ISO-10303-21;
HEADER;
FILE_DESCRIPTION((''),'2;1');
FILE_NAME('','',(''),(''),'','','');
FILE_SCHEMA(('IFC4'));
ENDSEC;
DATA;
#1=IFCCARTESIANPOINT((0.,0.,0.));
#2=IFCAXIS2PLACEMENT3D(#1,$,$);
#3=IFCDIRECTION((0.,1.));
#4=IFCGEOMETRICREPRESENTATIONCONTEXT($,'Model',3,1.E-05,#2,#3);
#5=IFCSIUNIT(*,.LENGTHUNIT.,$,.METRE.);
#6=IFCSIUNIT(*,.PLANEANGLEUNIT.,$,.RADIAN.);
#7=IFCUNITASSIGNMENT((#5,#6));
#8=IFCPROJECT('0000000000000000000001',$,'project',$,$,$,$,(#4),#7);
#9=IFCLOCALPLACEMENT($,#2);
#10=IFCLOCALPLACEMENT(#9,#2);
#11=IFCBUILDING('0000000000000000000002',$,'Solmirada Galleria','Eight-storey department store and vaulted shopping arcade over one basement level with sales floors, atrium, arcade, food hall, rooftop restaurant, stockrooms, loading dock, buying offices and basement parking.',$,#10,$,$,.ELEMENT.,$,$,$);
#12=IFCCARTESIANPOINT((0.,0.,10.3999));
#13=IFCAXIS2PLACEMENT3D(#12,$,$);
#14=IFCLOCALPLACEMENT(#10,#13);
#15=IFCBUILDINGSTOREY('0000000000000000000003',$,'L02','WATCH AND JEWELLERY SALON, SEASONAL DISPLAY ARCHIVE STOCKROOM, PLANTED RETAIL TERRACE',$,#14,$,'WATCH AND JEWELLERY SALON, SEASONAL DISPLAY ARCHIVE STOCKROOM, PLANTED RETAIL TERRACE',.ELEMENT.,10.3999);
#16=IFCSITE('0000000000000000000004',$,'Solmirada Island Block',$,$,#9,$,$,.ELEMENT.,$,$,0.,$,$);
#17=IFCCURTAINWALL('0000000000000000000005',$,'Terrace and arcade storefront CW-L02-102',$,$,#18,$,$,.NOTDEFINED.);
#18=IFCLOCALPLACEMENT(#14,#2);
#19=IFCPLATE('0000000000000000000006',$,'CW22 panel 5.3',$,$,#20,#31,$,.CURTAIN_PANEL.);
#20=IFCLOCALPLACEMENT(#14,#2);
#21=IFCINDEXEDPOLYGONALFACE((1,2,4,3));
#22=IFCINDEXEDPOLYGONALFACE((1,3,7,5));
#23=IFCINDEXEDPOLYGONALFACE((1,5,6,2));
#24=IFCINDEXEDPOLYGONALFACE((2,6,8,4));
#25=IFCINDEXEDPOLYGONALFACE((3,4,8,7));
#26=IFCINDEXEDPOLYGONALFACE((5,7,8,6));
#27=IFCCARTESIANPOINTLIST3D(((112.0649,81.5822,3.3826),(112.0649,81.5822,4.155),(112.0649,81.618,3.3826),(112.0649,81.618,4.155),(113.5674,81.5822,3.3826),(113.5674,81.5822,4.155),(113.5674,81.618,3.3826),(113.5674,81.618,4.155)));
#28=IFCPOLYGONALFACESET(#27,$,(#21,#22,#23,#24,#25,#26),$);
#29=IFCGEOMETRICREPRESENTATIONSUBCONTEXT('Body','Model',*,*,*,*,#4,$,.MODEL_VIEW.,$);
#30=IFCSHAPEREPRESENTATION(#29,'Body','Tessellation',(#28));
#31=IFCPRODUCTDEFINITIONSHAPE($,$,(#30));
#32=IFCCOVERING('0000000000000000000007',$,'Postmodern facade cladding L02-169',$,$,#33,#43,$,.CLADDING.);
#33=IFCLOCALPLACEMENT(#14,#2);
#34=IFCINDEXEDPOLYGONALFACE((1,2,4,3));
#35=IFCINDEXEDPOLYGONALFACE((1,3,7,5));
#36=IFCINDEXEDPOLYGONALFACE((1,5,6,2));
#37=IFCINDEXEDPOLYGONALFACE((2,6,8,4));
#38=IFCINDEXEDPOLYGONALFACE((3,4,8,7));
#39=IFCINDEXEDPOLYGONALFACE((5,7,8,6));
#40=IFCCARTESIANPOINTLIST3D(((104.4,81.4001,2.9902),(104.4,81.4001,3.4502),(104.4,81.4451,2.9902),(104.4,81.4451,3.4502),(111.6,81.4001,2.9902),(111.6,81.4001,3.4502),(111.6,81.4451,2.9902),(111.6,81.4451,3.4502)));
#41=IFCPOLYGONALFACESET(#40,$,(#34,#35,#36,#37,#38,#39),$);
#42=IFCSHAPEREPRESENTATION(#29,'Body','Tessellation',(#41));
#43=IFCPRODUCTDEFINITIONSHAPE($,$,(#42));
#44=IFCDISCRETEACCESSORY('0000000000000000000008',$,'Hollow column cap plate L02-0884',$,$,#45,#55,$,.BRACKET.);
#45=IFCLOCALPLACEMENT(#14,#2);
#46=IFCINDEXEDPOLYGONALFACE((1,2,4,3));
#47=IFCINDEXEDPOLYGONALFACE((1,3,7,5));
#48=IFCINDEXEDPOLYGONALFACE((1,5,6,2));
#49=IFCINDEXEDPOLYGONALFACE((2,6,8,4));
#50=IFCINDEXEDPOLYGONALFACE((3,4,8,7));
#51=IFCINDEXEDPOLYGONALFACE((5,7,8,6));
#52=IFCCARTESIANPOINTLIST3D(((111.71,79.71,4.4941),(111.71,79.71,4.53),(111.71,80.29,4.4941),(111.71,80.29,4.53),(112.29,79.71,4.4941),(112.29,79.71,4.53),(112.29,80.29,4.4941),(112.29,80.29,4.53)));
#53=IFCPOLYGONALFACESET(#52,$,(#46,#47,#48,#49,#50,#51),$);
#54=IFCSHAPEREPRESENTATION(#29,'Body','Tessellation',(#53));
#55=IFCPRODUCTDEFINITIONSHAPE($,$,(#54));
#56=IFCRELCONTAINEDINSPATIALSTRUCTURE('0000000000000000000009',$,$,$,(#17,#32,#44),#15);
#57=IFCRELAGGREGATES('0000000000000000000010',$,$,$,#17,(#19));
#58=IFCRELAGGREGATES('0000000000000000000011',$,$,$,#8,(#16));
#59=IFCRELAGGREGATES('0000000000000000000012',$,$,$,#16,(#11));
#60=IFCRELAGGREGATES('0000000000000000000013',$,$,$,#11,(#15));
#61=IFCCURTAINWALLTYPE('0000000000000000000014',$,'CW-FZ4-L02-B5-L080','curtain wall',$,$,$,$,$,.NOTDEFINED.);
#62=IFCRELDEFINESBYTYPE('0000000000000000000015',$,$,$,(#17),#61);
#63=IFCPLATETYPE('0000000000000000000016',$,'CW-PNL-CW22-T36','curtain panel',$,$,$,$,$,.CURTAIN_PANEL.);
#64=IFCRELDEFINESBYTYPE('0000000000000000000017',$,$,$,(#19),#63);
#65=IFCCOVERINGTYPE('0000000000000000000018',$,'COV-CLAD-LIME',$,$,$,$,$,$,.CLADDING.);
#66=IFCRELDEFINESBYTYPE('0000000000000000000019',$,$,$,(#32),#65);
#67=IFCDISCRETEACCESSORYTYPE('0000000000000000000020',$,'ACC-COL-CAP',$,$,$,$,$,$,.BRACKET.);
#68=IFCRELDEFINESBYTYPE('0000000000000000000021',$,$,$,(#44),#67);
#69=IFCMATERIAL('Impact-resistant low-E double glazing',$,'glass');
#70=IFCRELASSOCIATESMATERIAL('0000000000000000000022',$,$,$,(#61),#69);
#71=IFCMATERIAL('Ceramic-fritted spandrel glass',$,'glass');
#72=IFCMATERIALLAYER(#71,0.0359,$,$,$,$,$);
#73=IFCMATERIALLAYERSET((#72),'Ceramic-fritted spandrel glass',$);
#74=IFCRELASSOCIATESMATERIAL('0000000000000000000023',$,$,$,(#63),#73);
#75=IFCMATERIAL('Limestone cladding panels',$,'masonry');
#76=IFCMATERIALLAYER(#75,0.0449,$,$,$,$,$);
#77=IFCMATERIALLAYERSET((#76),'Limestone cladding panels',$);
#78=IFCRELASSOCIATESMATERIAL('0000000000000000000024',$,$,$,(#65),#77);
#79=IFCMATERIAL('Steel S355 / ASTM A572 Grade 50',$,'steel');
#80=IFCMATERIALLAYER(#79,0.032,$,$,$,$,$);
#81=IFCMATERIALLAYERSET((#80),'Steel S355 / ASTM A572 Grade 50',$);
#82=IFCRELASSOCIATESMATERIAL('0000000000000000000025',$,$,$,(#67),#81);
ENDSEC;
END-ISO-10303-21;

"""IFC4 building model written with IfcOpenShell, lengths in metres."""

from ifc_helpers import new_model, si_unit, direction, frame, origin, origin_2d, place, context, subcontext, project, spatial, rectangle, extrude, material, layer, layer_set, type_object, element, aggregate, save


model = new_model("IFC4")

# Units and contexts
model_context = context("Model", 3, precision=1e-05, world=origin(), true_north=direction((0.0, 1.0)))
body_context = subcontext(model_context, "Body", "Model", "MODEL_VIEW")
ifc_project = project(units=[si_unit("LENGTHUNIT", "METRE"), si_unit("PLANEANGLEUNIT", "RADIAN")], contexts=[model_context])

# Site, building, storey
site_placement = place(None, origin())
site = spatial("IfcSite", under=ifc_project, at=site_placement, Name="Solmirada Island Block", CompositionType="ELEMENT", RefElevation=0.0)
building_placement = place(site_placement, origin())
building = spatial("IfcBuilding", under=site, at=building_placement, Name="Solmirada Galleria", Description="Eight-storey department store and vaulted shopping arcade over one basement level with sales floors, atrium, arcade, food hall, rooftop restaurant, stockrooms, loading dock, buying offices and basement parking.", CompositionType="ELEMENT")
storey_placement = place(building_placement, frame((0.0, 0.0, 10.3999)))
storey = spatial("IfcBuildingStorey", under=building, at=storey_placement, Name="L02", Description="WATCH AND JEWELLERY SALON, SEASONAL DISPLAY ARCHIVE STOCKROOM, PLANTED RETAIL TERRACE", LongName="WATCH AND JEWELLERY SALON, SEASONAL DISPLAY ARCHIVE STOCKROOM, PLANTED RETAIL TERRACE", CompositionType="ELEMENT", Elevation=10.3999)

# Curtain wall
ifc_material_1 = material(Name="Impact-resistant low-E double glazing", Category="glass")
curtain_wall_type_1 = type_object("IfcCurtainWallType", Name="CW-FZ4-L02-B5-L080", Description="curtain wall", PredefinedType="NOTDEFINED", material=ifc_material_1)
curtain_wall_1_placement = place(storey_placement, origin())
curtain_wall_1 = element("IfcCurtainWall", 1, at=curtain_wall_1_placement, inside=storey, type_object=curtain_wall_type_1, Name="Terrace and arcade storefront CW-L02-102", PredefinedType="NOTDEFINED")

# Plate
ifc_material_2 = material(Name="Ceramic-fritted spandrel glass", Category="glass")
ifc_layer_1 = layer(ifc_material_2, 0.0359)
ifc_layer_set_1 = layer_set([ifc_layer_1], Name="Ceramic-fritted spandrel glass")
plate_type_1 = type_object("IfcPlateType", Name="CW-PNL-CW22-T36", Description="curtain panel", PredefinedType="CURTAIN_PANEL", material=ifc_layer_set_1)
plate_1_placement = place(storey_placement, frame((112.8162, 81.6001, 3.3826), z_axis=(0.0, 0.0, 1.0), x_axis=(-1.0, 0.0, 0.0)))
plate_1 = element("IfcPlate", 2, at=plate_1_placement, type_object=plate_type_1, Name="CW22 panel 5.3", PredefinedType="CURTAIN_PANEL", context=body_context, shape_type="SweptSolid", body=[
    extrude(rectangle(XDim=1.5024, YDim=0.0359, at=origin_2d()), origin(), (0.0, 0.0, 1.0), 0.7725),
])
aggregate(curtain_wall_1, [plate_1])

# Covering
ifc_material_3 = material(Name="Limestone cladding panels", Category="masonry")
ifc_layer_2 = layer(ifc_material_3, 0.0449)
ifc_layer_set_2 = layer_set([ifc_layer_2], Name="Limestone cladding panels")
covering_type = type_object("IfcCoveringType", Name="COV-CLAD-LIME", PredefinedType="CLADDING", material=ifc_layer_set_2)
covering_placement = place(storey_placement, frame((108.0, 81.4226, 2.9902), z_axis=(0.0, 0.0, 1.0), x_axis=(-1.0, 0.0, 0.0)))
element("IfcCovering", 3, at=covering_placement, inside=storey, type_object=covering_type, Name="Postmodern facade cladding L02-169", PredefinedType="CLADDING", context=body_context, shape_type="SweptSolid", body=[
    extrude(rectangle(XDim=7.2, YDim=0.0449, at=origin_2d()), origin(), (0.0, 0.0, 1.0), 0.46),
])

# Discrete accessory
ifc_material_4 = material(Name="Steel S355 / ASTM A572 Grade 50", Category="steel")
ifc_layer_3 = layer(ifc_material_4, 0.032)
ifc_layer_set_3 = layer_set([ifc_layer_3], Name="Steel S355 / ASTM A572 Grade 50")
discrete_accessory_type = type_object("IfcDiscreteAccessoryType", Name="ACC-COL-CAP", PredefinedType="BRACKET", material=ifc_layer_set_3)
discrete_accessory_placement = place(storey_placement, frame((112.0, 80.0, 4.4941), z_axis=(0.0, 0.0, 1.0), x_axis=(1.0, 0.0, 0.0)))
element("IfcDiscreteAccessory", 4, at=discrete_accessory_placement, inside=storey, type_object=discrete_accessory_type, Name="Hollow column cap plate L02-0884", PredefinedType="BRACKET", context=body_context, shape_type="SweptSolid", body=[
    extrude(rectangle(XDim=0.5801, YDim=0.5801, at=origin_2d()), origin(), (0.0, 0.0, 1.0), 0.0359),
])

save(model, "model.ifc")
